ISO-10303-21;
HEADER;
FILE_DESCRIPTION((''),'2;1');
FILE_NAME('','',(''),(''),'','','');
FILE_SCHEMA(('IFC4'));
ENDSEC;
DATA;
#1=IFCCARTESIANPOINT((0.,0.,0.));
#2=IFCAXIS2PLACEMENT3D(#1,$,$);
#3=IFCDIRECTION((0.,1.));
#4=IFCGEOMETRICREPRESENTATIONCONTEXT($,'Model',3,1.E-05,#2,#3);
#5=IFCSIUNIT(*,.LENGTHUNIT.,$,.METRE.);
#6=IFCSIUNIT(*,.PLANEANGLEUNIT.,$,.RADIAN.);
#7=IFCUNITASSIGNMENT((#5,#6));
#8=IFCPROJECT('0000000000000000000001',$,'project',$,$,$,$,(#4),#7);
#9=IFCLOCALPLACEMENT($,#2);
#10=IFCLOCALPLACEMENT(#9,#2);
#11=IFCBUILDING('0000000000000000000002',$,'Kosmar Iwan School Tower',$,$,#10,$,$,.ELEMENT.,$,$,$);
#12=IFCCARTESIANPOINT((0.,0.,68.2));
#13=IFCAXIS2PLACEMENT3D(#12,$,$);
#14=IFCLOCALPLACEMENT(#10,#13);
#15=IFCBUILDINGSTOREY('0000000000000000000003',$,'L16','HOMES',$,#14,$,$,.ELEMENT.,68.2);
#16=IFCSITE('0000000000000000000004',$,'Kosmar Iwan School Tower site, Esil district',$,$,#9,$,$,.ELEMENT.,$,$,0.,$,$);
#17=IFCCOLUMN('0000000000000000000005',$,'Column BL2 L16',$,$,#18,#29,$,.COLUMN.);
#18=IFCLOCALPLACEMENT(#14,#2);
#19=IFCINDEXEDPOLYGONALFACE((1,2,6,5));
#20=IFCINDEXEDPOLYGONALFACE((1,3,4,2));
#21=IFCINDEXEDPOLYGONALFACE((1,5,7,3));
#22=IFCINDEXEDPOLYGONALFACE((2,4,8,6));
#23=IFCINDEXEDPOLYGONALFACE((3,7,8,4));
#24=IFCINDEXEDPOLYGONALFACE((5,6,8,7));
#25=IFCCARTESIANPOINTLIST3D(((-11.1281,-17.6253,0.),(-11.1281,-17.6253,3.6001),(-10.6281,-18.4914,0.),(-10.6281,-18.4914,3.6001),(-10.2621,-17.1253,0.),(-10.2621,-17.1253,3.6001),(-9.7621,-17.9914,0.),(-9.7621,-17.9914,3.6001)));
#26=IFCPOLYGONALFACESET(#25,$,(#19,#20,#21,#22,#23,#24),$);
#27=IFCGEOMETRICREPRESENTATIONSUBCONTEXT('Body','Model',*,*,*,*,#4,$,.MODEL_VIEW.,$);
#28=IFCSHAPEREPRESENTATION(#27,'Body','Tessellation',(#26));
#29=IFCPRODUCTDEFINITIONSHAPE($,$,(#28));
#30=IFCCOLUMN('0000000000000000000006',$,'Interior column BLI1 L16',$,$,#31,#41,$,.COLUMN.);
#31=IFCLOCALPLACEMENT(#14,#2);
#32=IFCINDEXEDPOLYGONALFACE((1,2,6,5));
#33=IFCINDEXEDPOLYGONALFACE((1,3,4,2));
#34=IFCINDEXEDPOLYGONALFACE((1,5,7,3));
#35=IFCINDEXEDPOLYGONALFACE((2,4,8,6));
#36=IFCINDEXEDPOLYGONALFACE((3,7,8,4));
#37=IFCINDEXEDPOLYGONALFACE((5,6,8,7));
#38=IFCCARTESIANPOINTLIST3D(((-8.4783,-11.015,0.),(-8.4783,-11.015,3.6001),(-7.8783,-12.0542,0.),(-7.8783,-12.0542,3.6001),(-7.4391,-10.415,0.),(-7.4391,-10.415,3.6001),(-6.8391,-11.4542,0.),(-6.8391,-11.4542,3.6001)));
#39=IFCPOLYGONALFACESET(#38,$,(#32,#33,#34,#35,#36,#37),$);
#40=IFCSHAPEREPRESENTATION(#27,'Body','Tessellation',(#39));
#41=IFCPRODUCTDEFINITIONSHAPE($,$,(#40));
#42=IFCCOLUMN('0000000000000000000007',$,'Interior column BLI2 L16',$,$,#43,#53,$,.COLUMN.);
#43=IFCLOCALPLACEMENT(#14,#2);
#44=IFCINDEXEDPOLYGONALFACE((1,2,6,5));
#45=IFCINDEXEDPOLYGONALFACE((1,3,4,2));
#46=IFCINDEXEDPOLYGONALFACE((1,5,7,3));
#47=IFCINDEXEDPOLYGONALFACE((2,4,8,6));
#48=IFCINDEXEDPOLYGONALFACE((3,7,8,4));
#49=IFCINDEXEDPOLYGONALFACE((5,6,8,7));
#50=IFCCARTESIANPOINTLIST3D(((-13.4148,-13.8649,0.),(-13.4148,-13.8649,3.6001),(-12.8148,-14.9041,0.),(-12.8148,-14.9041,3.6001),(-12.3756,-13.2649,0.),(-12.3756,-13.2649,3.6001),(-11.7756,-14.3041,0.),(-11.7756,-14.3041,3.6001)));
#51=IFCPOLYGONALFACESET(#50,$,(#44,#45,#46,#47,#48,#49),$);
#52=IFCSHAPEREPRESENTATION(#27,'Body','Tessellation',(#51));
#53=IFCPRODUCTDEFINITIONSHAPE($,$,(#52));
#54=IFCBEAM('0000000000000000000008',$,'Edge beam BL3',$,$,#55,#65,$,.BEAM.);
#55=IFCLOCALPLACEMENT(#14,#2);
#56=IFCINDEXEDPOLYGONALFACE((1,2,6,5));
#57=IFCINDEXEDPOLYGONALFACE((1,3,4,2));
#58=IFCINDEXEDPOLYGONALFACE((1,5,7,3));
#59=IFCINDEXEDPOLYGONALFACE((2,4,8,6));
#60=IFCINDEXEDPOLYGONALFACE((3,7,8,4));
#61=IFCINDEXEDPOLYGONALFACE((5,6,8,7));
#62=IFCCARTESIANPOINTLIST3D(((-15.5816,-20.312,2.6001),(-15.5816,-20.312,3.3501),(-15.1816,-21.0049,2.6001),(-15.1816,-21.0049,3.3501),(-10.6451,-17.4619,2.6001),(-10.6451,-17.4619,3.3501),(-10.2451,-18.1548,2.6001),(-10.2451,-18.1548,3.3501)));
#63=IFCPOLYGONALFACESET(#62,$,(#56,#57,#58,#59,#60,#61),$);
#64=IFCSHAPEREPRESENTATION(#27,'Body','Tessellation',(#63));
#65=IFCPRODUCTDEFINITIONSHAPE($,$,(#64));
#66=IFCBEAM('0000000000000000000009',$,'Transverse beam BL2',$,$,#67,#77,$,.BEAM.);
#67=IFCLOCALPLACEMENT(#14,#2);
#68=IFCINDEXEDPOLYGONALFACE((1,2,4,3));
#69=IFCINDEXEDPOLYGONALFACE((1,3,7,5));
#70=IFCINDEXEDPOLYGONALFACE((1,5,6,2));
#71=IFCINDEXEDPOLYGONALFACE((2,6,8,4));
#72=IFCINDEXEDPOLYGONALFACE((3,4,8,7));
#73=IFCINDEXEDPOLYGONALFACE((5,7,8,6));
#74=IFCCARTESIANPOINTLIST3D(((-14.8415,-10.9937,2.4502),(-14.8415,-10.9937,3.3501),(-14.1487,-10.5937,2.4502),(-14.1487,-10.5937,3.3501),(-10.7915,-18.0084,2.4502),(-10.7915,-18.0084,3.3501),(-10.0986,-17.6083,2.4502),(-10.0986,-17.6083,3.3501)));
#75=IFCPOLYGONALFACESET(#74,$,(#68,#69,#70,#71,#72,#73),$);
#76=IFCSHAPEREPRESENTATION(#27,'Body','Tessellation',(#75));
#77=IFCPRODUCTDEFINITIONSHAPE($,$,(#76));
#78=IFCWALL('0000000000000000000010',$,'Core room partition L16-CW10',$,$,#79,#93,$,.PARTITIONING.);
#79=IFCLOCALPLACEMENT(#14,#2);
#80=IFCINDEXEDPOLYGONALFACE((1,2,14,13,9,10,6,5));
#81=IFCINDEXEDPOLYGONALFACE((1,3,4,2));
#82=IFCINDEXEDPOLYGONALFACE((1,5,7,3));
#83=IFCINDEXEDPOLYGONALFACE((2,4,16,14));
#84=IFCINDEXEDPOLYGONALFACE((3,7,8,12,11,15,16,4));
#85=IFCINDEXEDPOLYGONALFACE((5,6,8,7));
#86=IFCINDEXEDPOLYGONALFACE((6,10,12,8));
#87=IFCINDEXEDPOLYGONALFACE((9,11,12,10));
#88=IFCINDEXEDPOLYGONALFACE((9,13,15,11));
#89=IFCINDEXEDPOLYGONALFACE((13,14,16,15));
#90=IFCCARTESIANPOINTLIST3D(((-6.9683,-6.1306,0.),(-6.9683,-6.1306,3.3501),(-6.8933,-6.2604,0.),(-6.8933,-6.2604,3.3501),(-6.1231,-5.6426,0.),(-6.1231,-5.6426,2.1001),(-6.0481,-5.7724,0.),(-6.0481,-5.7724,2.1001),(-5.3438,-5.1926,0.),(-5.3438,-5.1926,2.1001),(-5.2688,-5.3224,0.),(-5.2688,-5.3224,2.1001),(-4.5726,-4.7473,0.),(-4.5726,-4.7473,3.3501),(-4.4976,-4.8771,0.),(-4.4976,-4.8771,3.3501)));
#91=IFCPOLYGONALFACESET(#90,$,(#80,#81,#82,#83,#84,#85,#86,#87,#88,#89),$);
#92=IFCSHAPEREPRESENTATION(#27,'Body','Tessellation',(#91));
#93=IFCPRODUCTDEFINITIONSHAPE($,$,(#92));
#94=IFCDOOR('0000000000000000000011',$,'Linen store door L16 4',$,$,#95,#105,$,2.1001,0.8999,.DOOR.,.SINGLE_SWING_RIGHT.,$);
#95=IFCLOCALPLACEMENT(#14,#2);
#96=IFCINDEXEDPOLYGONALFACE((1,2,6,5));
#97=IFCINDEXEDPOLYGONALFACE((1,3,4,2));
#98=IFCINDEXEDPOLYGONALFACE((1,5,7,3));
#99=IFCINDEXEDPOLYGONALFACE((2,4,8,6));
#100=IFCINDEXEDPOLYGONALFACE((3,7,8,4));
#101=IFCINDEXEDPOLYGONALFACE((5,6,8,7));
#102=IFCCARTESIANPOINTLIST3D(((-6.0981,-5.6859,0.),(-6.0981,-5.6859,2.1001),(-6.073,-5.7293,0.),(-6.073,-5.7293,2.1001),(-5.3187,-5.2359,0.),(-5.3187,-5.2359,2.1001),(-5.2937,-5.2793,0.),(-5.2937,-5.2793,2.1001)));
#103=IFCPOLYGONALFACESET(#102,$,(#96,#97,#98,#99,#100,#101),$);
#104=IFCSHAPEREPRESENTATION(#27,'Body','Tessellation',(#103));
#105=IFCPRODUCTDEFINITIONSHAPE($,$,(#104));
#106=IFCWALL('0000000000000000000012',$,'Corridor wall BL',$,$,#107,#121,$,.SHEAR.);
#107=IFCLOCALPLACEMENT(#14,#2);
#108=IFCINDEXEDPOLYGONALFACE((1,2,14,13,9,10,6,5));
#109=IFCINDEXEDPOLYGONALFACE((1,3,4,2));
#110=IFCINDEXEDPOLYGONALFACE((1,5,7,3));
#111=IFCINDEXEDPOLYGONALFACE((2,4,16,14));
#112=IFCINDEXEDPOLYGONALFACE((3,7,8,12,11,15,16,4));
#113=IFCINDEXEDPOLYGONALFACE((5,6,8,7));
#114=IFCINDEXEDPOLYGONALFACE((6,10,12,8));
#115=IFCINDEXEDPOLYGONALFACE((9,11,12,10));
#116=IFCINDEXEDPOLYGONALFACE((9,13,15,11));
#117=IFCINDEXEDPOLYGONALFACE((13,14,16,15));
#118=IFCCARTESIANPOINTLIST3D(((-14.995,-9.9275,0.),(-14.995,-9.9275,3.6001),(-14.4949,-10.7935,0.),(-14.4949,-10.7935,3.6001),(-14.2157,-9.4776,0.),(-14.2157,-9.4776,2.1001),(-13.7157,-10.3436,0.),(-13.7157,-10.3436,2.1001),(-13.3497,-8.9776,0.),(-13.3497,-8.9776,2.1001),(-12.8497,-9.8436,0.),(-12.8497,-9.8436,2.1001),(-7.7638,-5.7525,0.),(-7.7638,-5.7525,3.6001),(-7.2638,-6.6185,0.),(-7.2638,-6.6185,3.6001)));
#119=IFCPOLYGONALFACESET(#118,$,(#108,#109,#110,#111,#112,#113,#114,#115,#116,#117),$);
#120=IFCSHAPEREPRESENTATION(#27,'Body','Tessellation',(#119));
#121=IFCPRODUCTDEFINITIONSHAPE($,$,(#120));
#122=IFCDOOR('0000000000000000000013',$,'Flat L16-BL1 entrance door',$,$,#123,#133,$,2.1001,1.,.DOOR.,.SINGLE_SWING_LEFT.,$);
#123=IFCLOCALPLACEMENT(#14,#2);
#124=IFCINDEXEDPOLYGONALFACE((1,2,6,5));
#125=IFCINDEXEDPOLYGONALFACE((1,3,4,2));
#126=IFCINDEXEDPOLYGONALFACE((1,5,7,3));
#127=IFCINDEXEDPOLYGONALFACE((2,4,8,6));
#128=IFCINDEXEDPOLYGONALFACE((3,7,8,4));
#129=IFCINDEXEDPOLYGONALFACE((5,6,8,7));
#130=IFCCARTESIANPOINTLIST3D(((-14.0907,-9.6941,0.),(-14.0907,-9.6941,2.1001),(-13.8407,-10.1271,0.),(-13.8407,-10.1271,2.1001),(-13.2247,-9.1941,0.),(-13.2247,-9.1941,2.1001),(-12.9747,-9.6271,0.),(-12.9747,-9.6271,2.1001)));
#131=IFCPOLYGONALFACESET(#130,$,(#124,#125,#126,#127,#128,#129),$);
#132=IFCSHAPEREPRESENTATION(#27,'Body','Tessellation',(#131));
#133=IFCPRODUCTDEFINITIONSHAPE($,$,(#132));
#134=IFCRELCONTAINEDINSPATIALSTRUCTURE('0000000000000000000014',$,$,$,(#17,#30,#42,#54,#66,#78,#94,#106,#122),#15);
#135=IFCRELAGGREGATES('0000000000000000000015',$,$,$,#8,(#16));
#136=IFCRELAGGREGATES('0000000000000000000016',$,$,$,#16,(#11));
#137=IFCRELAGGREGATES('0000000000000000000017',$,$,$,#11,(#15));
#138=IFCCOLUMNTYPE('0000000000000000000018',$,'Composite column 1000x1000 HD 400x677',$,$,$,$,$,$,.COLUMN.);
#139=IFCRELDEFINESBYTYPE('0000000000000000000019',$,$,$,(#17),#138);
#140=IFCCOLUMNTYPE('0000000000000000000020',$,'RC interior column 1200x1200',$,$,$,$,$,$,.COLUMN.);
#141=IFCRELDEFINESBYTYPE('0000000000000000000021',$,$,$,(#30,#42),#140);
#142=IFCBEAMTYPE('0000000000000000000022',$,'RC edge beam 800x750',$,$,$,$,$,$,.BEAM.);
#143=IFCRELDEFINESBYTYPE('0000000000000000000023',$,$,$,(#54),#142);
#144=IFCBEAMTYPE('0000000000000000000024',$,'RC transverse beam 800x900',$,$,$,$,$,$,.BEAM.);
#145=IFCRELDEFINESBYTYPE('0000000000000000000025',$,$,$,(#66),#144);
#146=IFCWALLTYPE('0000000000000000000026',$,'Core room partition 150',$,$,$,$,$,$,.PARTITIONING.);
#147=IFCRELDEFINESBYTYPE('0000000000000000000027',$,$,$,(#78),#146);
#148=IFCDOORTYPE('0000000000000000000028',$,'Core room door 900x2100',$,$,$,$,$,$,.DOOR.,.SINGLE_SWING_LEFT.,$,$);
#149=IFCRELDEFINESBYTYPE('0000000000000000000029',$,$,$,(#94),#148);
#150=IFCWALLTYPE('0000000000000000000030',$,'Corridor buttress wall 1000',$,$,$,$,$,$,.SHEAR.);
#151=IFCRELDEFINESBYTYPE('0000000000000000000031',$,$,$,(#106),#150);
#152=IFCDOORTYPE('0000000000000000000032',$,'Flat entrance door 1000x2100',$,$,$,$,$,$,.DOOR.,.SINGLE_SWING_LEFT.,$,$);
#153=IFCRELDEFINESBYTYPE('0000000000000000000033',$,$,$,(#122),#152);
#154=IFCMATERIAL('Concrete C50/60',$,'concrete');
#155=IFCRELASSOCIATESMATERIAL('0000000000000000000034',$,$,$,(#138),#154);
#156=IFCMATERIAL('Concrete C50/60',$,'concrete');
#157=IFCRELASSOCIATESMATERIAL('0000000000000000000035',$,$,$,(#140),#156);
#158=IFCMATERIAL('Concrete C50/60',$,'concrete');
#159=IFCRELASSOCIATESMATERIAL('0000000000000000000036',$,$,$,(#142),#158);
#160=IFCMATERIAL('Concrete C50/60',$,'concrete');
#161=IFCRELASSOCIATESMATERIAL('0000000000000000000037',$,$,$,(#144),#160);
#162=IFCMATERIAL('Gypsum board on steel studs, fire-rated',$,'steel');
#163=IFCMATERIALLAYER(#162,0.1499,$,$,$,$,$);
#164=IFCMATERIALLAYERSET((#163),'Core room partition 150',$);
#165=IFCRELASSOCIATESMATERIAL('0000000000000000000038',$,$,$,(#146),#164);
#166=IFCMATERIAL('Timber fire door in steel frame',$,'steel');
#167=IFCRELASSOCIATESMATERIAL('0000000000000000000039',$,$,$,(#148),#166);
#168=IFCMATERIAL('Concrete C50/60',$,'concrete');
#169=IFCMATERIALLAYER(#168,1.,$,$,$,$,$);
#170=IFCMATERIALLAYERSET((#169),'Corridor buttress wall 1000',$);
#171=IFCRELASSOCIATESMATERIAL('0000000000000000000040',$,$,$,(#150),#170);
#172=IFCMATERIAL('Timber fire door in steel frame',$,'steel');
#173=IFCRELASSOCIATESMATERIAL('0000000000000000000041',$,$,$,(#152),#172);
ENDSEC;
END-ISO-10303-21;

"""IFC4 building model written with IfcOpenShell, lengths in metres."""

from ifc_helpers import new_model, si_unit, direction, frame, frame_2d, origin, origin_2d, place, context, subcontext, project, spatial, rectangle, extrude, material, layer, layer_set, material_profile, profile_set, type_object, element, fill, save


model = new_model("IFC4")

# Units and contexts
model_context = context("Model", 3, precision=1e-05, world=origin(), true_north=direction((0.0, 1.0)))
body_context = subcontext(model_context, "Body", "Model", "MODEL_VIEW")
ifc_project = project(units=[si_unit("LENGTHUNIT", "METRE"), si_unit("PLANEANGLEUNIT", "RADIAN")], contexts=[model_context])

# Site, building, storey
site_placement = place(None, origin())
site = spatial("IfcSite", under=ifc_project, at=site_placement, Name="Kosmar Iwan School Tower site, Esil district", CompositionType="ELEMENT", RefElevation=0.0)
building_placement = place(site_placement, origin())
building = spatial("IfcBuilding", under=site, at=building_placement, Name="Kosmar Iwan School Tower", CompositionType="ELEMENT")
storey_placement = place(building_placement, frame((0.0, 0.0, 68.2)))
storey = spatial("IfcBuildingStorey", under=building, at=storey_placement, Name="L16", Description="HOMES", CompositionType="ELEMENT", Elevation=68.2)

# Columns
ifc_material_1 = material(Name="Concrete C50/60", Category="concrete")
ifc_material_profile_1 = material_profile(ifc_material_1, rectangle(XDim=1.0, YDim=1.0, at=origin_2d()), Name="RC 1000x1000 + HD 400x677")
ifc_profile_set_1 = profile_set([ifc_material_profile_1], Name="Concrete C50/60")
column_type_1 = type_object("IfcColumnType", Name="Composite column 1000x1000 HD 400x677", PredefinedType="COLUMN", material=ifc_profile_set_1)
column_placement = place(storey_placement, frame((-10.4451, -17.8083, 0.0), z_axis=(0.0, 0.0, 1.0), x_axis=(-0.866025, -0.5, 0.0)))
element("IfcColumn", 1, at=column_placement, inside=storey, type_object=column_type_1, Name="Column BL2 L16", PredefinedType="COLUMN", context=body_context, shape_type="SweptSolid", body=[
    extrude(rectangle(XDim=1.0, YDim=1.0, at=origin_2d()), origin(), (0.0, 0.0, 1.0), 3.6001),
])
ifc_material_2 = material(Name="Concrete C50/60", Category="concrete")
ifc_material_profile_2 = material_profile(ifc_material_2, rectangle(XDim=1.2, YDim=1.2, at=origin_2d()), Name="RC 1200x1200")
ifc_profile_set_2 = profile_set([ifc_material_profile_2], Name="Concrete C50/60")
column_type_2 = type_object("IfcColumnType", Name="RC interior column 1200x1200", PredefinedType="COLUMN", material=ifc_profile_set_2)
for number, where, z_axis, x_axis, name in (
    (2, (-7.6587, -11.2346, 0.0), (0.0, 0.0, 1.0), (-0.866025, -0.5, 0.0), "Interior column BLI1 L16"),
    (3, (-12.5952, -14.0845, 0.0), (0.0, 0.0, 1.0), (-0.866025, -0.5, 0.0), "Interior column BLI2 L16"),
):
    element("IfcColumn", number, at=place(storey_placement, frame(where, z_axis=z_axis, x_axis=x_axis)), inside=storey, type_object=column_type_2, Name=name, PredefinedType="COLUMN", context=body_context, shape_type="SweptSolid", body=[
        extrude(rectangle(XDim=1.2, YDim=1.2, at=origin_2d()), origin(), (0.0, 0.0, 1.0), 3.6001),
    ])

# Beams
ifc_material_3 = material(Name="Concrete C50/60", Category="concrete")
ifc_material_profile_3 = material_profile(ifc_material_3, rectangle(XDim=0.8, YDim=0.75, at=origin_2d()), Name="RC 800x750")
ifc_profile_set_3 = profile_set([ifc_material_profile_3], Name="Concrete C50/60")
beam_type_1 = type_object("IfcBeamType", Name="RC edge beam 800x750", PredefinedType="BEAM", material=ifc_profile_set_3)
beam_1_placement = place(storey_placement, frame((-10.4451, -17.8083, 2.9751), z_axis=(-0.866026, -0.499999, 0.0), x_axis=(0.499999, -0.866026, 0.0)))
element("IfcBeam", 4, at=beam_1_placement, inside=storey, type_object=beam_type_1, Name="Edge beam BL3", PredefinedType="BEAM", context=body_context, shape_type="SweptSolid", body=[
    extrude(rectangle(XDim=0.8, YDim=0.75, at=origin_2d()), origin(), (0.0, 0.0, 1.0), 5.7002),
])
ifc_material_4 = material(Name="Concrete C50/60", Category="concrete")
ifc_material_profile_4 = material_profile(ifc_material_4, rectangle(XDim=0.8, YDim=0.8999, at=origin_2d()), Name="RC 800x900")
ifc_profile_set_4 = profile_set([ifc_material_profile_4], Name="Concrete C50/60")
beam_type_2 = type_object("IfcBeamType", Name="RC transverse beam 800x900", PredefinedType="BEAM", material=ifc_profile_set_4)
beam_2_placement = place(storey_placement, frame((-10.4451, -17.8083, 2.9001), z_axis=(-0.500013, 0.866018, 0.0), x_axis=(-0.866018, -0.500013, 0.0)))
element("IfcBeam", 5, at=beam_2_placement, inside=storey, type_object=beam_type_2, Name="Transverse beam BL2", PredefinedType="BEAM", context=body_context, shape_type="SweptSolid", body=[
    extrude(rectangle(XDim=0.8, YDim=0.8999, at=origin_2d()), origin(), (0.0, 0.0, 1.0), 8.0999),
])

# Walls, openings, doors
ifc_material_5 = material(Name="Gypsum board on steel studs, fire-rated", Category="steel")
ifc_layer_1 = layer(ifc_material_5, 0.1499)
ifc_layer_set_1 = layer_set([ifc_layer_1], Name="Core room partition 150")
wall_type_1 = type_object("IfcWallType", Name="Core room partition 150", PredefinedType="PARTITIONING", material=ifc_layer_set_1)
wall_1_placement = place(storey_placement, frame((-6.9309, -6.1956, 0.0), z_axis=(0.0, 0.0, 1.0), x_axis=(0.866008, 0.500031, 0.0)))
wall_1 = element("IfcWall", 6, at=wall_1_placement, inside=storey, type_object=wall_type_1, Name="Core room partition L16-CW10", PredefinedType="PARTITIONING", context=body_context, shape_type="SweptSolid", body=[
    extrude(rectangle(XDim=2.7664, YDim=0.1499, at=frame_2d((1.3833, 0.0))), origin(), (0.0, 0.0, 1.0), 3.3501),
])
opening_1_placement = place(wall_1_placement, frame((0.9761, 0.0, 0.0)))
opening_1 = element("IfcOpeningElement", 7, at=opening_1_placement, cuts=wall_1, PredefinedType="OPENING", context=body_context, shape_type="SweptSolid", body=[
    extrude(rectangle(XDim=0.8999, YDim=2.1001, at=frame_2d((0.45, 1.05))), frame((0.0, 0.0869, 0.0), z_axis=(0.0, -1.0, 0.0), x_axis=(1.0, 0.0, 0.0)), (0.0, 0.0, 1.0), 0.1738),
])
ifc_material_6 = material(Name="Timber fire door in steel frame", Category="steel")
door_type_1 = type_object("IfcDoorType", Name="Core room door 900x2100", OperationType="SINGLE_SWING_LEFT", PredefinedType="DOOR", material=ifc_material_6)
door_1_placement = place(opening_1_placement, origin())
door_1 = element("IfcDoor", 8, at=door_1_placement, inside=storey, type_object=door_type_1, Name="Linen store door L16 4", OperationType="SINGLE_SWING_RIGHT", OverallHeight=2.1001, OverallWidth=0.8999, PredefinedType="DOOR", context=body_context, shape_type="SweptSolid", body=[
    extrude(rectangle(XDim=0.8999, YDim=2.1001, at=frame_2d((0.45, 1.05))), frame((0.0, 0.0249, 0.0), z_axis=(0.0, -1.0, 0.0), x_axis=(1.0, 0.0, 0.0)), (0.0, 0.0, 1.0), 0.05),
])
fill(opening_1, door_1)
ifc_material_7 = material(Name="Concrete C50/60", Category="concrete")
ifc_layer_2 = layer(ifc_material_7, 1.0)
ifc_layer_set_2 = layer_set([ifc_layer_2], Name="Corridor buttress wall 1000")
wall_type_2 = type_object("IfcWallType", Name="Corridor buttress wall 1000", PredefinedType="SHEAR", material=ifc_layer_set_2)
wall_2_placement = place(storey_placement, frame((-7.5139, -6.1855, 0.0), z_axis=(0.0, 0.0, 1.0), x_axis=(-0.86602, -0.50001, 0.0)))
wall_2 = element("IfcWall", 9, at=wall_2_placement, inside=storey, type_object=wall_type_2, Name="Corridor wall BL", PredefinedType="SHEAR", context=body_context, shape_type="SweptSolid", body=[
    extrude(rectangle(XDim=8.3499, YDim=1.0, at=frame_2d((4.1748, 0.0))), origin(), (0.0, 0.0, 1.0), 3.6001),
])
opening_2_placement = place(wall_2_placement, frame((6.45, 0.0, 0.0)))
opening_2 = element("IfcOpeningElement", 10, at=opening_2_placement, cuts=wall_2, PredefinedType="OPENING", context=body_context, shape_type="SweptSolid", body=[
    extrude(rectangle(XDim=1.0, YDim=2.1001, at=frame_2d((0.5, 1.05))), frame((0.0, 0.512, 0.0), z_axis=(0.0, -1.0, 0.0), x_axis=(1.0, 0.0, 0.0)), (0.0, 0.0, 1.0), 1.0239),
])
ifc_material_8 = material(Name="Timber fire door in steel frame", Category="steel")
door_type_2 = type_object("IfcDoorType", Name="Flat entrance door 1000x2100", OperationType="SINGLE_SWING_LEFT", PredefinedType="DOOR", material=ifc_material_8)
door_2_placement = place(opening_2_placement, origin())
door_2 = element("IfcDoor", 11, at=door_2_placement, inside=storey, type_object=door_type_2, Name="Flat L16-BL1 entrance door", OperationType="SINGLE_SWING_LEFT", OverallHeight=2.1001, OverallWidth=1.0, PredefinedType="DOOR", context=body_context, shape_type="SweptSolid", body=[
    extrude(rectangle(XDim=1.0, YDim=2.1001, at=frame_2d((0.5, 1.05))), frame((0.0, 0.25, 0.0), z_axis=(0.0, -1.0, 0.0), x_axis=(1.0, 0.0, 0.0)), (0.0, 0.0, 1.0), 0.5),
])
fill(opening_2, door_2)

save(model, "model.ifc")
